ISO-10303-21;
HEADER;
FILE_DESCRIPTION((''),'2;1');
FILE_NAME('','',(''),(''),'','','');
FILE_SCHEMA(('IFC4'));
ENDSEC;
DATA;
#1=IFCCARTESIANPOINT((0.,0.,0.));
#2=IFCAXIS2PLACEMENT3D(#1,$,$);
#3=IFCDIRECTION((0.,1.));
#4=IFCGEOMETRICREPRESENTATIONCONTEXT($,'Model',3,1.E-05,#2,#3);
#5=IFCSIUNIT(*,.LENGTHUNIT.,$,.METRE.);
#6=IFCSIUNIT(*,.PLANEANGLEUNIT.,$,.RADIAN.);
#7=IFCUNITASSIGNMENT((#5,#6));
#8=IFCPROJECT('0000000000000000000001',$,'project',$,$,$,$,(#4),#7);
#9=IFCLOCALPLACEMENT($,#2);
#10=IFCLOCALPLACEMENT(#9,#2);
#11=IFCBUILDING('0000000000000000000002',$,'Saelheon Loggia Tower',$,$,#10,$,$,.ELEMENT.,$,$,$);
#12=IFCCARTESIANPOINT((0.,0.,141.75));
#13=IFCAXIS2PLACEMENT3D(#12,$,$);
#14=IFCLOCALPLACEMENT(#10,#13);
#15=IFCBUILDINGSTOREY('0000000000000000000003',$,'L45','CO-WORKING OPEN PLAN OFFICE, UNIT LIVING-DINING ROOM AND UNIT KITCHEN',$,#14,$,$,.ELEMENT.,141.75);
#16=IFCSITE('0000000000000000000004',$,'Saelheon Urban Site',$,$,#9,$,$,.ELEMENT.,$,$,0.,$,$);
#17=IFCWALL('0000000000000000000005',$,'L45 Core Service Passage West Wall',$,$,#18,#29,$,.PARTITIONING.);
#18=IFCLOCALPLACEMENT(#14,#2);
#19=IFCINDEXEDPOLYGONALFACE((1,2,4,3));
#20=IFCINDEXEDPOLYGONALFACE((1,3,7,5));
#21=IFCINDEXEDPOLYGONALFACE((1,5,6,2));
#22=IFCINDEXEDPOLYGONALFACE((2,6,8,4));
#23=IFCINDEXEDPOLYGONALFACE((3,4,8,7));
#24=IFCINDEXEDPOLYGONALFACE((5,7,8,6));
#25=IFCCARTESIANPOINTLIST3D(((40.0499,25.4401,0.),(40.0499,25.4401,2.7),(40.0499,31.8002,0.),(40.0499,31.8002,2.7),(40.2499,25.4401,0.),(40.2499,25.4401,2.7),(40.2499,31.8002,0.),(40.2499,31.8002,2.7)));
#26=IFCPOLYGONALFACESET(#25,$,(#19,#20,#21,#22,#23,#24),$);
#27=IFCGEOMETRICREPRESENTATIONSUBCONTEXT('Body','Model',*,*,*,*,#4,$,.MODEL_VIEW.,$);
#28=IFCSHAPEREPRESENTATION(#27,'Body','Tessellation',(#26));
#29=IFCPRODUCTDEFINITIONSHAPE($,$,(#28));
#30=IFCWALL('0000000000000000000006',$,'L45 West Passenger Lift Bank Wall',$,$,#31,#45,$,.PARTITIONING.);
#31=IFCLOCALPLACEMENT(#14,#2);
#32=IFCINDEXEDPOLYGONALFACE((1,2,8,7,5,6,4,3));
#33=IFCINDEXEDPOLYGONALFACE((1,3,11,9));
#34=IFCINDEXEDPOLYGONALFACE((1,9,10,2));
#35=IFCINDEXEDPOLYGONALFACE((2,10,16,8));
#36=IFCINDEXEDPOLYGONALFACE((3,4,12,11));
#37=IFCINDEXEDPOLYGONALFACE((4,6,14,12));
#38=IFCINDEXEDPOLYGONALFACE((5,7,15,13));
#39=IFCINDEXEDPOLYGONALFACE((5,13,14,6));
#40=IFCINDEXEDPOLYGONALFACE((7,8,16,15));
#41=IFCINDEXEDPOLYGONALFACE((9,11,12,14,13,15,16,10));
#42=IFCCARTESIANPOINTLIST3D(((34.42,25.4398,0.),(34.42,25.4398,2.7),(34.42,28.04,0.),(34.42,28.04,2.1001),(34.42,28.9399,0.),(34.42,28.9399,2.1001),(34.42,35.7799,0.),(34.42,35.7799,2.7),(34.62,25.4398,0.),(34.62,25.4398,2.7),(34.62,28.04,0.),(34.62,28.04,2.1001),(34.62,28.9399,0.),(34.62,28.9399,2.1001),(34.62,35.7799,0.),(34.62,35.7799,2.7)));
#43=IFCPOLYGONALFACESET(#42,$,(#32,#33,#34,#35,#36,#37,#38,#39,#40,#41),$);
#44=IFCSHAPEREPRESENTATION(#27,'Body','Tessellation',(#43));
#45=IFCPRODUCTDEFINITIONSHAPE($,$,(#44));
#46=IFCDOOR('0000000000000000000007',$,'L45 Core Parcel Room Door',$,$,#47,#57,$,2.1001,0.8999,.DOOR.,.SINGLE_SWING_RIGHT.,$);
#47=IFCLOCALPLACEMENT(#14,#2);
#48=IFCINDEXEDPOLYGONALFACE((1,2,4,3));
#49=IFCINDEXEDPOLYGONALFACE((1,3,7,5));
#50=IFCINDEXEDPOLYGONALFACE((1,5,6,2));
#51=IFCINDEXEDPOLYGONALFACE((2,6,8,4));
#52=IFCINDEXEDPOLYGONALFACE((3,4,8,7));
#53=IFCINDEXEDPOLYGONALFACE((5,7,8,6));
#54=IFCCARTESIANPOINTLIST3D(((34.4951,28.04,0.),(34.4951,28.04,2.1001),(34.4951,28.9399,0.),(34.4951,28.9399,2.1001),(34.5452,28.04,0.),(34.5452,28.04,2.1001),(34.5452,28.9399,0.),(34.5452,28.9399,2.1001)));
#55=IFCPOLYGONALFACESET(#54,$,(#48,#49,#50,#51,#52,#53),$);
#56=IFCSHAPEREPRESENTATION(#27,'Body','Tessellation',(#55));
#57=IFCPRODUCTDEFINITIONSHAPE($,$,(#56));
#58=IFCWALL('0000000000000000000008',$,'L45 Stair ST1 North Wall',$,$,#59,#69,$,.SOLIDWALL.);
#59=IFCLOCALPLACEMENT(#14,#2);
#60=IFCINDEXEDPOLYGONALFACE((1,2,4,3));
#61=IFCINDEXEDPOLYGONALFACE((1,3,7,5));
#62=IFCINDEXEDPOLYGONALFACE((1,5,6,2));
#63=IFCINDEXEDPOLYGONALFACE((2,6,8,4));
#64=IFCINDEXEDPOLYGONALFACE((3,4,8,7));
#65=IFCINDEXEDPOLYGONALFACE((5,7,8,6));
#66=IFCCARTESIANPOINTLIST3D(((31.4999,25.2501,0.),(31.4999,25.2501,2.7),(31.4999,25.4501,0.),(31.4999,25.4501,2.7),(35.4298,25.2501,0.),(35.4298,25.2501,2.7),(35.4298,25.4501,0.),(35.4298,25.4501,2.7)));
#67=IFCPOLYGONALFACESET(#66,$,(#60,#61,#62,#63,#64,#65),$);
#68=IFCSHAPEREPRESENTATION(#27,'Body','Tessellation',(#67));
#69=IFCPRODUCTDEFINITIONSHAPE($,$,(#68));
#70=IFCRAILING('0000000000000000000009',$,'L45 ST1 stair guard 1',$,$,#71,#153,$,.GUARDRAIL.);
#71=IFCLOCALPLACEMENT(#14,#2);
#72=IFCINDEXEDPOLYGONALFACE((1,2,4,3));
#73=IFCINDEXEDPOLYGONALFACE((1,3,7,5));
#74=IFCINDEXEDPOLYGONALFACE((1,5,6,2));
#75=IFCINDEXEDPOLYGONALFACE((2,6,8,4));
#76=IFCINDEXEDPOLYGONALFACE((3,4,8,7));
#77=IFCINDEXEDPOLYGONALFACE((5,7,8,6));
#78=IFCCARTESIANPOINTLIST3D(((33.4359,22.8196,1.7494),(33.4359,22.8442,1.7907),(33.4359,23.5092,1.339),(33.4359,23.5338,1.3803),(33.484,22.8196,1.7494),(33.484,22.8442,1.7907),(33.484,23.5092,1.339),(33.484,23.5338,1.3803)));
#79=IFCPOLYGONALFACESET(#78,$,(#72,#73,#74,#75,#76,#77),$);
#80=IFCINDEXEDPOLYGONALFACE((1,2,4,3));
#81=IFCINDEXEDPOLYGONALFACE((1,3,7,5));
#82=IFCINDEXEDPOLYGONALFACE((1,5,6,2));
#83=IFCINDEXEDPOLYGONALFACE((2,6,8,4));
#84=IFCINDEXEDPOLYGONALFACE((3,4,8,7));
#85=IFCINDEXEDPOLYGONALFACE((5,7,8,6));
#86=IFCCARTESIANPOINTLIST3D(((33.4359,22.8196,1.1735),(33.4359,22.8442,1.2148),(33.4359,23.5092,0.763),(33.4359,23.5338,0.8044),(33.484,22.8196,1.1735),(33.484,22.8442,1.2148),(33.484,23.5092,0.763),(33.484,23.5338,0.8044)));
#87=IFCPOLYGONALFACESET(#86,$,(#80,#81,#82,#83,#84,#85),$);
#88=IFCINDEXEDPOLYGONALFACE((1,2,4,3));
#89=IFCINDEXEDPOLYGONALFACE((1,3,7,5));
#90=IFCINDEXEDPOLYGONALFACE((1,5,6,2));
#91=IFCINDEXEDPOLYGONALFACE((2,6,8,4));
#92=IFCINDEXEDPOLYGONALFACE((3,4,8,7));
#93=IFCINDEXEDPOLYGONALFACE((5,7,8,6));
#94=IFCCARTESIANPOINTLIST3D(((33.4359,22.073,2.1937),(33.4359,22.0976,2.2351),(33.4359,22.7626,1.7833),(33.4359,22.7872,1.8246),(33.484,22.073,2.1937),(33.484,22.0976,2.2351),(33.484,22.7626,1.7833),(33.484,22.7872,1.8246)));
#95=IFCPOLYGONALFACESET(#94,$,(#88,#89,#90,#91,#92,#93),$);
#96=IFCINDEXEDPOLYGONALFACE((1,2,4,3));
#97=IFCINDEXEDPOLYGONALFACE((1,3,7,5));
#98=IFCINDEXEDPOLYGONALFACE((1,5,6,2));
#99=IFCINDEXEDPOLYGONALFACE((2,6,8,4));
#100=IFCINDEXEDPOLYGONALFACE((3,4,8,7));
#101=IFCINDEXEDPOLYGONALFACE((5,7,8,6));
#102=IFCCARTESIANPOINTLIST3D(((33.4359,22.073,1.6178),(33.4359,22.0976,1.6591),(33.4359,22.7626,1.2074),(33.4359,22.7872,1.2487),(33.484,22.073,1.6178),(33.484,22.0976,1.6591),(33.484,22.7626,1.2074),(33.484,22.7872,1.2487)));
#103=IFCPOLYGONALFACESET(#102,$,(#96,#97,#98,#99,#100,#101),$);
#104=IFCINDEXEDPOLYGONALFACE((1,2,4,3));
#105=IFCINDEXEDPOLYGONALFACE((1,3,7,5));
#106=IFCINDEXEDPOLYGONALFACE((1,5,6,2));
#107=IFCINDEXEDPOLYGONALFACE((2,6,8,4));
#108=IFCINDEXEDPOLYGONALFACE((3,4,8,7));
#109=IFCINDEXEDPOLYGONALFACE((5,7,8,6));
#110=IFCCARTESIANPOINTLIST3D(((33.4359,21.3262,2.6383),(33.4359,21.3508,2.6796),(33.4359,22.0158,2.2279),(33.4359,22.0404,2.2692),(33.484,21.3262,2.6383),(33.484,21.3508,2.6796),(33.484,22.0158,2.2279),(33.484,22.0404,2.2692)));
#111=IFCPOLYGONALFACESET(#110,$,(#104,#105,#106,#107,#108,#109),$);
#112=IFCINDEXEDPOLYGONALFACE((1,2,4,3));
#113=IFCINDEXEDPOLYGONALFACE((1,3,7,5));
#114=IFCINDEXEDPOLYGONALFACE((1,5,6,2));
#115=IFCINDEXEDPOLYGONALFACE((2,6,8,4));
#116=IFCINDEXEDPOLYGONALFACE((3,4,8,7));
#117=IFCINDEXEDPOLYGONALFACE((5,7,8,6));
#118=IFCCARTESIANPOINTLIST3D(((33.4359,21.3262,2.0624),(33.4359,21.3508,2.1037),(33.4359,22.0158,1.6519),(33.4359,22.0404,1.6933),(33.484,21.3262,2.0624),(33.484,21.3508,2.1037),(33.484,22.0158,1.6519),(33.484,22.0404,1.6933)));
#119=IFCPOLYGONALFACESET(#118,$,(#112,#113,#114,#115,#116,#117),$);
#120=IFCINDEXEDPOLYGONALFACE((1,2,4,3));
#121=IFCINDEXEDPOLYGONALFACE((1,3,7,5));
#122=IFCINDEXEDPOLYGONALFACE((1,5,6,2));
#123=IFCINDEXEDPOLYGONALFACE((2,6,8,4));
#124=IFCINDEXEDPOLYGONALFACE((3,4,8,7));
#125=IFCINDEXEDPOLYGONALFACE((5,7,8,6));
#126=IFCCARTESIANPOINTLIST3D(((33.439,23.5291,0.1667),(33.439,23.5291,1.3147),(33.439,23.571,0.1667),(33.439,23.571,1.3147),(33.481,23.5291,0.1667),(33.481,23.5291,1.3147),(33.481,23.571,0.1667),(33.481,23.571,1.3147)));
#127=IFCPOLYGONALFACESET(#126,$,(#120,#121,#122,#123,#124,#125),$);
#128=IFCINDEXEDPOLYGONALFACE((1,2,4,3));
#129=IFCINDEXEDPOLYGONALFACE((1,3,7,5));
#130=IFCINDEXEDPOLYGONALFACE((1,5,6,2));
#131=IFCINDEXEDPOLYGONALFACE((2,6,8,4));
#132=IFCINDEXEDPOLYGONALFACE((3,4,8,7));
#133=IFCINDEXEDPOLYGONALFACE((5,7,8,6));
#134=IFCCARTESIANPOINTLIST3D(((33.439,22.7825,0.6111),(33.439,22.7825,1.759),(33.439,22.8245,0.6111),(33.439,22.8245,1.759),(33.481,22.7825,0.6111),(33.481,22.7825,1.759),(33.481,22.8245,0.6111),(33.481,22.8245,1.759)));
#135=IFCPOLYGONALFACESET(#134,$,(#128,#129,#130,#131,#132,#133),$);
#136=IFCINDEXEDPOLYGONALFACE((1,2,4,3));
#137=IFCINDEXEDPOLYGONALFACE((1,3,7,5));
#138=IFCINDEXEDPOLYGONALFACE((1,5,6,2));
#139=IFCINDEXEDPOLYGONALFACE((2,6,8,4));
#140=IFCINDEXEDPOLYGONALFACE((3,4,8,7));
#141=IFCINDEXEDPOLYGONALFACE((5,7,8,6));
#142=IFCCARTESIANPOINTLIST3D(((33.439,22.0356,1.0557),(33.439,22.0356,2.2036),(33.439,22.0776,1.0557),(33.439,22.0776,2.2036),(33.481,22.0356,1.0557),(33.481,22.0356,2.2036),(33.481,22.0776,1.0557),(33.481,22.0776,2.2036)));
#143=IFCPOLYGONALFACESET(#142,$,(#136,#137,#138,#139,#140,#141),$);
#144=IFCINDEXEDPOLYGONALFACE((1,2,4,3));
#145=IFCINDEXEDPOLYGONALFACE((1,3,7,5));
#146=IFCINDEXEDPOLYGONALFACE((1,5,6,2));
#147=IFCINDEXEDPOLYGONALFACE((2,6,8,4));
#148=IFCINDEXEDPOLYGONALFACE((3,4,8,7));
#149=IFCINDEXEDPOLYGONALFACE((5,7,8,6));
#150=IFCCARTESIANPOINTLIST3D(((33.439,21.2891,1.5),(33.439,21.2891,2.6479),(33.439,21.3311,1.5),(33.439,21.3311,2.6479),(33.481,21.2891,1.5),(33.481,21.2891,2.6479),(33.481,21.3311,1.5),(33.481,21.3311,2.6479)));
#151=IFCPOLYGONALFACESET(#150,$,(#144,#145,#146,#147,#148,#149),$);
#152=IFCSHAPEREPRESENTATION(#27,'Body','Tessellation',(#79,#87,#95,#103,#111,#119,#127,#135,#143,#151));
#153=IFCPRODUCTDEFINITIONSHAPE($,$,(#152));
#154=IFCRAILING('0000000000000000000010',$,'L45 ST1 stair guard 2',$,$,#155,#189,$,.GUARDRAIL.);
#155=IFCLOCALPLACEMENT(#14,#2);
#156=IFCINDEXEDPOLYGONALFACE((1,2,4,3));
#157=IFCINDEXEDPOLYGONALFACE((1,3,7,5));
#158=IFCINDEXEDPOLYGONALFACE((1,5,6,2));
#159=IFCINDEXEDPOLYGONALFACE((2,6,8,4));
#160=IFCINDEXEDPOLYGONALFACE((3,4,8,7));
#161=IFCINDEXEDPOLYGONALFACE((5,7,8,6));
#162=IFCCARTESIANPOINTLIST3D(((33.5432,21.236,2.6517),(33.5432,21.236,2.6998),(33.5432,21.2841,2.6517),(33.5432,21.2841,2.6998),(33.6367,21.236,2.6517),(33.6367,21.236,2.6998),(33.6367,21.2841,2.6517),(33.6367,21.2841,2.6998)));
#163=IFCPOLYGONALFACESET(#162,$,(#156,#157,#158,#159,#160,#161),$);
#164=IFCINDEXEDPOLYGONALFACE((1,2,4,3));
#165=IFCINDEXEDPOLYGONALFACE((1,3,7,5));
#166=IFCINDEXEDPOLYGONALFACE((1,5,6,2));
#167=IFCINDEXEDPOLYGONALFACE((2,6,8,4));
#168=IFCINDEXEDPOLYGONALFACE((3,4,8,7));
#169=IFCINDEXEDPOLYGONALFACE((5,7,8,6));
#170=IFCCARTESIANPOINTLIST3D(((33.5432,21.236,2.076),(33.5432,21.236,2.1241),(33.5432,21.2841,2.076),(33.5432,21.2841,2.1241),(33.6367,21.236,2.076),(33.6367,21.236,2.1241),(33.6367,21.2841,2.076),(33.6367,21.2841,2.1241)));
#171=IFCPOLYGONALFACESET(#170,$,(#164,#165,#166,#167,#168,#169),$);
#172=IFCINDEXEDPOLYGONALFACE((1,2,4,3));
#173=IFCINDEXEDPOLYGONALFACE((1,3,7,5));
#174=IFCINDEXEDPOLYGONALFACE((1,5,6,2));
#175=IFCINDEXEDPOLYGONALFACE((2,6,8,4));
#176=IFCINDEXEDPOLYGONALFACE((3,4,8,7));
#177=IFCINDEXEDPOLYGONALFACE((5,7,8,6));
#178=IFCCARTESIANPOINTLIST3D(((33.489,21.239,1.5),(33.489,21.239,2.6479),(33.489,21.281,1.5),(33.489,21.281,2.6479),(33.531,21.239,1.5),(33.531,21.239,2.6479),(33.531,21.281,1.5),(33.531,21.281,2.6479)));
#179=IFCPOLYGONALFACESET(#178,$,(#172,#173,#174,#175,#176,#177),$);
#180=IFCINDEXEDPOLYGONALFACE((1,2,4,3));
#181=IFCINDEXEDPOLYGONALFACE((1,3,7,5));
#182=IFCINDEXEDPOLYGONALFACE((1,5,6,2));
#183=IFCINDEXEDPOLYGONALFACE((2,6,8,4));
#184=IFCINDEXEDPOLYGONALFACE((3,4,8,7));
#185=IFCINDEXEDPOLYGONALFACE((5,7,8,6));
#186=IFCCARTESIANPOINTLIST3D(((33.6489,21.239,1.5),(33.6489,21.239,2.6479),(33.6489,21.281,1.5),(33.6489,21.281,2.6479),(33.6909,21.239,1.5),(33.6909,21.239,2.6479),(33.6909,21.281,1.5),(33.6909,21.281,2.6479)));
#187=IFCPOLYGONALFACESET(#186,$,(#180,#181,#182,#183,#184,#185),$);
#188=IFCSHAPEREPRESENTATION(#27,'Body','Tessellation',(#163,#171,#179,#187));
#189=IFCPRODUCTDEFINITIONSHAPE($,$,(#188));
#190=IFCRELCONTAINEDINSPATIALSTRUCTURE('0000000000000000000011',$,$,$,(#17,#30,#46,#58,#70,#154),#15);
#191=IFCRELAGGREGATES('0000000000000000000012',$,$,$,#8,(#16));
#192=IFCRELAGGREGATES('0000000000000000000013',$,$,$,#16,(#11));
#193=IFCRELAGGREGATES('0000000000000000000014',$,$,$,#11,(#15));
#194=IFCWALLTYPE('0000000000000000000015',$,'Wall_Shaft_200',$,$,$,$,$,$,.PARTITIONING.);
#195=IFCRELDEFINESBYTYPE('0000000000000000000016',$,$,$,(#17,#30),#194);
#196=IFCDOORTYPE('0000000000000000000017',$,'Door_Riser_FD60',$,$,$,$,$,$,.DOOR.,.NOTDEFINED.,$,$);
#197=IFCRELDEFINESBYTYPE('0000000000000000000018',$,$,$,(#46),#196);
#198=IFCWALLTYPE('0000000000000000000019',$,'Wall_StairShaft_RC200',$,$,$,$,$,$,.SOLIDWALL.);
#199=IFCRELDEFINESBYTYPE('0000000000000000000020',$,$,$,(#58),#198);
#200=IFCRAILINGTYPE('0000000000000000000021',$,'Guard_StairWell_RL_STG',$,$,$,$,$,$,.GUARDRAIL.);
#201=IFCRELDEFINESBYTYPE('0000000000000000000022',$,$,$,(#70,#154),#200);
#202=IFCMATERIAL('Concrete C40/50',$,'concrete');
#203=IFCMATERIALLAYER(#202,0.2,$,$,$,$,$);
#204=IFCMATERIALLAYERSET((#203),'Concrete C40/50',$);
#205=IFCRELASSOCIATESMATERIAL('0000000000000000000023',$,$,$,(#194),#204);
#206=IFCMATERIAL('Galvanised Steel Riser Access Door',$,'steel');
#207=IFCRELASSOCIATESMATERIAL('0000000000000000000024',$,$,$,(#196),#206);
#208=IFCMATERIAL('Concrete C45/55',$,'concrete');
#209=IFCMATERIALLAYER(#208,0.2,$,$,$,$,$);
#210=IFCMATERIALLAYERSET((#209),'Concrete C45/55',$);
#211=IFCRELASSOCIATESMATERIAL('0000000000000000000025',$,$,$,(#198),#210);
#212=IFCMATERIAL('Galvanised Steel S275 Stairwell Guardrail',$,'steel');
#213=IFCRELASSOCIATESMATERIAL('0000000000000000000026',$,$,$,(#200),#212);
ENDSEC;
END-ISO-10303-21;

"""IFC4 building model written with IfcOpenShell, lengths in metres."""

from ifc_helpers import new_model, si_unit, direction, frame, frame_2d, origin, origin_2d, place, context, subcontext, project, spatial, rectangle, extrude, source, transform, mapped, material, layer, layer_set, type_object, element, fill, save


model = new_model("IFC4")

# Units and contexts
model_context = context("Model", 3, precision=1e-05, world=origin(), true_north=direction((0.0, 1.0)))
body_context = subcontext(model_context, "Body", "Model", "MODEL_VIEW")
ifc_project = project(units=[si_unit("LENGTHUNIT", "METRE"), si_unit("PLANEANGLEUNIT", "RADIAN")], contexts=[model_context])

# Site, building, storey
site_placement = place(None, origin())
site = spatial("IfcSite", under=ifc_project, at=site_placement, Name="Saelheon Urban Site", CompositionType="ELEMENT", RefElevation=0.0)
building_placement = place(site_placement, origin())
building = spatial("IfcBuilding", under=site, at=building_placement, Name="Saelheon Loggia Tower", CompositionType="ELEMENT")
storey_placement = place(building_placement, frame((0.0, 0.0, 141.75)))
storey = spatial("IfcBuildingStorey", under=building, at=storey_placement, Name="L45", Description="CO-WORKING OPEN PLAN OFFICE, UNIT LIVING-DINING ROOM AND UNIT KITCHEN", CompositionType="ELEMENT", Elevation=141.75)

# Wall
ifc_material_1 = material(Name="Concrete C40/50", Category="concrete")
ifc_layer_1 = layer(ifc_material_1, 0.2)
ifc_layer_set_1 = layer_set([ifc_layer_1], Name="Concrete C40/50")
wall_type_1 = type_object("IfcWallType", Name="Wall_Shaft_200", PredefinedType="PARTITIONING", material=ifc_layer_set_1)
wall_1_placement = place(storey_placement, frame((40.1499, 25.4399, 0.0), z_axis=(0.0, 0.0, 1.0), x_axis=(0.0, 1.0, 0.0)))
element("IfcWall", 1, at=wall_1_placement, inside=storey, type_object=wall_type_1, Name="L45 Core Service Passage West Wall", PredefinedType="PARTITIONING", context=body_context, shape_type="SweptSolid", body=[
    extrude(rectangle(XDim=6.3601, YDim=0.2, at=frame_2d((3.1802, 0.0))), origin(), (0.0, 0.0, 1.0), 2.7),
])

# Wall, opening, door
wall_2_placement = place(storey_placement, frame((34.52, 25.4399, 0.0), z_axis=(0.0, 0.0, 1.0), x_axis=(0.0, 1.0, 0.0)))
wall_2 = element("IfcWall", 2, at=wall_2_placement, inside=storey, type_object=wall_type_1, Name="L45 West Passenger Lift Bank Wall", PredefinedType="PARTITIONING", context=body_context, shape_type="SweptSolid", body=[
    extrude(rectangle(XDim=10.3401, YDim=0.2, at=frame_2d((5.1699, 0.0))), origin(), (0.0, 0.0, 1.0), 2.7),
])
opening_1_placement = place(wall_2_placement, frame((2.6001, 0.0, 0.0)))
opening_1 = element("IfcOpeningElement", 3, at=opening_1_placement, cuts=wall_2, PredefinedType="OPENING", context=body_context, shape_type="SweptSolid", body=[
    extrude(rectangle(XDim=0.8999, YDim=2.1001, at=frame_2d((0.45, 1.05))), frame((0.0, 0.1121, 0.0), z_axis=(0.0, -1.0, 0.0), x_axis=(1.0, 0.0, 0.0)), (0.0, 0.0, 1.0), 0.2239),
])
ifc_material_2 = material(Name="Galvanised Steel Riser Access Door", Category="steel")
door_type_1 = type_object("IfcDoorType", Name="Door_Riser_FD60", OperationType="NOTDEFINED", PredefinedType="DOOR", material=ifc_material_2)
shared_shape_1 = source(origin(), body_context, "Body", "SweptSolid", [
    extrude(rectangle(XDim=0.8999, YDim=2.1001, at=frame_2d((0.45, 1.05))), frame((0.0, 0.0249, 0.0), z_axis=(0.0, -1.0, 0.0), x_axis=(1.0, 0.0, 0.0)), (0.0, 0.0, 1.0), 0.05),
])
door_1_placement = place(opening_1_placement, origin())
door_1 = element("IfcDoor", 4, at=door_1_placement, inside=storey, type_object=door_type_1, Name="L45 Core Parcel Room Door", OperationType="SINGLE_SWING_RIGHT", OverallHeight=2.1001, OverallWidth=0.8999, PredefinedType="DOOR", context=body_context, shape_type="MappedRepresentation", body=[
    mapped(shared_shape_1, transform((0.0, 0.0, 0.0), scale=1.0)),
])
fill(opening_1, door_1)

# Wall
ifc_material_3 = material(Name="Concrete C45/55", Category="concrete")
ifc_layer_2 = layer(ifc_material_3, 0.2)
ifc_layer_set_2 = layer_set([ifc_layer_2], Name="Concrete C45/55")
wall_type_2 = type_object("IfcWallType", Name="Wall_StairShaft_RC200", PredefinedType="SOLIDWALL", material=ifc_layer_set_2)
wall_3_placement = place(storey_placement, frame((31.5, 25.3501, 0.0), z_axis=(0.0, 0.0, 1.0), x_axis=(1.0, 0.0, 0.0)))
element("IfcWall", 5, at=wall_3_placement, inside=storey, type_object=wall_type_2, Name="L45 Stair ST1 North Wall", PredefinedType="SOLIDWALL", context=body_context, shape_type="SweptSolid", body=[
    extrude(rectangle(XDim=3.9299, YDim=0.2, at=frame_2d((1.9648, 0.0))), origin(), (0.0, 0.0, 1.0), 2.7),
])

# Railings
ifc_material_4 = material(Name="Galvanised Steel S275 Stairwell Guardrail", Category="steel")
railing_type_1 = type_object("IfcRailingType", Name="Guard_StairWell_RL_STG", PredefinedType="GUARDRAIL", material=ifc_material_4)
railing_1_placement = place(storey_placement, frame((33.46, 23.55, 0.1667)))
element("IfcRailing", 6, at=railing_1_placement, inside=storey, type_object=railing_type_1, Name="L45 ST1 stair guard 1", PredefinedType="GUARDRAIL", context=body_context, shape_type="SweptSolid", body=[
    extrude(rectangle(XDim=0.0481, YDim=0.0481, at=origin_2d()), frame((0.0, -0.0286, 1.1929), z_axis=(0.0, -0.859306, 0.511462), x_axis=(1.0, 0.0, 0.0)), (0.0, 0.0, 1.0), 0.8025),
    extrude(rectangle(XDim=0.0481, YDim=0.0481, at=origin_2d()), frame((0.0, -0.0286, 0.6169), z_axis=(0.0, -0.859306, 0.511462), x_axis=(1.0, 0.0, 0.0)), (0.0, 0.0, 1.0), 0.8025),
    extrude(rectangle(XDim=0.0481, YDim=0.0481, at=origin_2d()), frame((0.0, -0.7751, 1.6372), z_axis=(0.0, -0.859306, 0.511462), x_axis=(1.0, 0.0, 0.0)), (0.0, 0.0, 1.0), 0.8025),
    extrude(rectangle(XDim=0.0481, YDim=0.0481, at=origin_2d()), frame((0.0, -0.7751, 1.0613), z_axis=(0.0, -0.859306, 0.511462), x_axis=(1.0, 0.0, 0.0)), (0.0, 0.0, 1.0), 0.8025),
    extrude(rectangle(XDim=0.0481, YDim=0.0481, at=origin_2d()), frame((0.0, -1.522, 2.0818), z_axis=(0.0, -0.859306, 0.511462), x_axis=(1.0, 0.0, 0.0)), (0.0, 0.0, 1.0), 0.8025),
    extrude(rectangle(XDim=0.0481, YDim=0.0481, at=origin_2d()), frame((0.0, -1.522, 1.5059), z_axis=(0.0, -0.859306, 0.511462), x_axis=(1.0, 0.0, 0.0)), (0.0, 0.0, 1.0), 0.8025),
    extrude(rectangle(XDim=0.042, YDim=0.042, at=origin_2d()), origin(), (0.0, 0.0, 1.0), 1.1479),
    extrude(rectangle(XDim=0.042, YDim=0.042, at=origin_2d()), frame((0.0, -0.7466, 0.4443)), (0.0, 0.0, 1.0), 1.1479),
    extrude(rectangle(XDim=0.042, YDim=0.042, at=origin_2d()), frame((0.0, -1.4934, 0.8889)), (0.0, 0.0, 1.0), 1.1479),
    extrude(rectangle(XDim=0.042, YDim=0.042, at=origin_2d()), frame((0.0, -2.24, 1.3333)), (0.0, 0.0, 1.0), 1.1479),
])
railing_2_placement = place(storey_placement, frame((33.51, 21.26, 1.5)))
element("IfcRailing", 7, at=railing_2_placement, inside=storey, type_object=railing_type_1, Name="L45 ST1 stair guard 2", PredefinedType="GUARDRAIL", context=body_context, shape_type="SweptSolid", body=[
    extrude(rectangle(XDim=0.0481, YDim=0.0481, at=origin_2d()), frame((0.0332, 0.0, 1.1758), z_axis=(1.0, 0.0, 0.0), x_axis=(0.0, 1.0, 0.0)), (0.0, 0.0, 1.0), 0.0935),
    extrude(rectangle(XDim=0.0481, YDim=0.0481, at=origin_2d()), frame((0.0332, 0.0, 0.6001), z_axis=(1.0, 0.0, 0.0), x_axis=(0.0, 1.0, 0.0)), (0.0, 0.0, 1.0), 0.0935),
    extrude(rectangle(XDim=0.042, YDim=0.042, at=origin_2d()), origin(), (0.0, 0.0, 1.0), 1.1479),
    extrude(rectangle(XDim=0.042, YDim=0.042, at=origin_2d()), frame((0.1599, 0.0, 0.0)), (0.0, 0.0, 1.0), 1.1479),
])

save(model, "model.ifc")
